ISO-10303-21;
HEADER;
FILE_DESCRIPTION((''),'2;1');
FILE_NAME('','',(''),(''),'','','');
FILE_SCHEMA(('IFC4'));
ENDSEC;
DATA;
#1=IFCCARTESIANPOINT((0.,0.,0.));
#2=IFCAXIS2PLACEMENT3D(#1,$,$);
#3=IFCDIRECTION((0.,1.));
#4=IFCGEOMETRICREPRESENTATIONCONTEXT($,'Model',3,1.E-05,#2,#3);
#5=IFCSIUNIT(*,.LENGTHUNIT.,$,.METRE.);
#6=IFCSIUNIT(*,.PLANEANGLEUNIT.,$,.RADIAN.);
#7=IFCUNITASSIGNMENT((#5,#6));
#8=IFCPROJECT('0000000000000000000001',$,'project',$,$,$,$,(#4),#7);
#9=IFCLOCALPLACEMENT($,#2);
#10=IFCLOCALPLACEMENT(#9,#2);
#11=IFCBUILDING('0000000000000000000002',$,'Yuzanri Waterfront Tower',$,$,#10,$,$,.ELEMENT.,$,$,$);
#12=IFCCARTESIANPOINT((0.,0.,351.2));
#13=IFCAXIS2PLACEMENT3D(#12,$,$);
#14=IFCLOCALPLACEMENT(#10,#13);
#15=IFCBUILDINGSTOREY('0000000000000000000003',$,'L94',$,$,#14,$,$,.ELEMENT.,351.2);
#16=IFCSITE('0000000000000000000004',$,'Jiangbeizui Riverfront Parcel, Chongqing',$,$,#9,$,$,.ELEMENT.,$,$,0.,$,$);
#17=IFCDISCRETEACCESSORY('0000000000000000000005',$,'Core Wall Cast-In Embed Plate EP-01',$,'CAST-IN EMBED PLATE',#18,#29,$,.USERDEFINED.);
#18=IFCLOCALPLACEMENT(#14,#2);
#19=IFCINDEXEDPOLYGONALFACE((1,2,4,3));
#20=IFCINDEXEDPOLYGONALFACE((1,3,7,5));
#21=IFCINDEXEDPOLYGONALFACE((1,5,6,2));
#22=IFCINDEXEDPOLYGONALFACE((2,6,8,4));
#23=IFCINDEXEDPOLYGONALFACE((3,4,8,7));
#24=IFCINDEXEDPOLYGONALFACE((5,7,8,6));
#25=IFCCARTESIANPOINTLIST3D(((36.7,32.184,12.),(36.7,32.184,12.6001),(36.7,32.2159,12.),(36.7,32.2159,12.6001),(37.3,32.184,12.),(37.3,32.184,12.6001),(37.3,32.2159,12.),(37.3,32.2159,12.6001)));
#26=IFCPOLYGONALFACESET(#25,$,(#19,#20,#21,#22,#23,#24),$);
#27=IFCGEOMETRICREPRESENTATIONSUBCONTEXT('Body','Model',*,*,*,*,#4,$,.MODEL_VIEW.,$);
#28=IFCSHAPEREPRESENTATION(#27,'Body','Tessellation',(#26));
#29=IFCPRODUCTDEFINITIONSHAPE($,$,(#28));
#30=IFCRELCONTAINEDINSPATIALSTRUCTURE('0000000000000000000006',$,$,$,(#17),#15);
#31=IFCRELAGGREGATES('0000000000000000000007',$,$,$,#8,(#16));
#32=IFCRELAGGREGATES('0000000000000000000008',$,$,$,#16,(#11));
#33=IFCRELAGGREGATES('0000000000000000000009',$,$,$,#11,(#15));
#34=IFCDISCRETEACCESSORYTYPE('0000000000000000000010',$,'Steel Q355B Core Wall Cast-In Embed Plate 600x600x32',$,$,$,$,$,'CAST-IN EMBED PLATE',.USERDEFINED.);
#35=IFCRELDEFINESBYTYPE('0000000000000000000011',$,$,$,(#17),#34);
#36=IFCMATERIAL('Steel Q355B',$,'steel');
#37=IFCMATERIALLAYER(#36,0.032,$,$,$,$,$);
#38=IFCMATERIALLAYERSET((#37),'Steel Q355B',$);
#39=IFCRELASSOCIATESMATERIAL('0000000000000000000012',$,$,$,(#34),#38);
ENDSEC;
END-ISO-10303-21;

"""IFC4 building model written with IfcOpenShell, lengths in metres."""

from ifc_helpers import new_model, si_unit, direction, frame, origin, origin_2d, place, context, subcontext, project, spatial, rectangle, extrude, source, transform, mapped, material, layer, layer_set, type_object, element, save


model = new_model("IFC4")

# Units and contexts
model_context = context("Model", 3, precision=1e-05, world=origin(), true_north=direction((0.0, 1.0)))
body_context = subcontext(model_context, "Body", "Model", "MODEL_VIEW")
ifc_project = project(units=[si_unit("LENGTHUNIT", "METRE"), si_unit("PLANEANGLEUNIT", "RADIAN")], contexts=[model_context])

# Site, building, storey
site_placement = place(None, origin())
site = spatial("IfcSite", under=ifc_project, at=site_placement, Name="Jiangbeizui Riverfront Parcel, Chongqing", CompositionType="ELEMENT", RefElevation=0.0)
building_placement = place(site_placement, origin())
building = spatial("IfcBuilding", under=site, at=building_placement, Name="Yuzanri Waterfront Tower", CompositionType="ELEMENT")
storey_placement = place(building_placement, frame((0.0, 0.0, 351.2)))
storey = spatial("IfcBuildingStorey", under=building, at=storey_placement, Name="L94", CompositionType="ELEMENT", Elevation=351.2)

# Discrete accessory
ifc_material_1 = material(Name="Steel Q355B", Category="steel")
ifc_layer_1 = layer(ifc_material_1, 0.032)
ifc_layer_set_1 = layer_set([ifc_layer_1], Name="Steel Q355B")
discrete_accessory_type = type_object("IfcDiscreteAccessoryType", Name="Steel Q355B Core Wall Cast-In Embed Plate 600x600x32", ElementType="CAST-IN EMBED PLATE", PredefinedType="USERDEFINED", material=ifc_layer_set_1)
shared_shape_1 = source(origin(), body_context, "Body", "SweptSolid", [
    extrude(rectangle(XDim=0.6001, YDim=0.032, at=origin_2d()), origin(), (0.0, 0.0, 1.0), 0.6001),
])
discrete_accessory_placement = place(storey_placement, frame((37.0, 32.2, 12.0), z_axis=(0.0, 0.0, 1.0), x_axis=(1.0, 0.0, 0.0)))
element("IfcDiscreteAccessory", 1, at=discrete_accessory_placement, inside=storey, type_object=discrete_accessory_type, Name="Core Wall Cast-In Embed Plate EP-01", ObjectType="CAST-IN EMBED PLATE", PredefinedType="USERDEFINED", context=body_context, shape_type="MappedRepresentation", body=[
    mapped(shared_shape_1, transform((0.0, 0.0, 0.0), scale=1.0)),
])

save(model, "model.ifc")
